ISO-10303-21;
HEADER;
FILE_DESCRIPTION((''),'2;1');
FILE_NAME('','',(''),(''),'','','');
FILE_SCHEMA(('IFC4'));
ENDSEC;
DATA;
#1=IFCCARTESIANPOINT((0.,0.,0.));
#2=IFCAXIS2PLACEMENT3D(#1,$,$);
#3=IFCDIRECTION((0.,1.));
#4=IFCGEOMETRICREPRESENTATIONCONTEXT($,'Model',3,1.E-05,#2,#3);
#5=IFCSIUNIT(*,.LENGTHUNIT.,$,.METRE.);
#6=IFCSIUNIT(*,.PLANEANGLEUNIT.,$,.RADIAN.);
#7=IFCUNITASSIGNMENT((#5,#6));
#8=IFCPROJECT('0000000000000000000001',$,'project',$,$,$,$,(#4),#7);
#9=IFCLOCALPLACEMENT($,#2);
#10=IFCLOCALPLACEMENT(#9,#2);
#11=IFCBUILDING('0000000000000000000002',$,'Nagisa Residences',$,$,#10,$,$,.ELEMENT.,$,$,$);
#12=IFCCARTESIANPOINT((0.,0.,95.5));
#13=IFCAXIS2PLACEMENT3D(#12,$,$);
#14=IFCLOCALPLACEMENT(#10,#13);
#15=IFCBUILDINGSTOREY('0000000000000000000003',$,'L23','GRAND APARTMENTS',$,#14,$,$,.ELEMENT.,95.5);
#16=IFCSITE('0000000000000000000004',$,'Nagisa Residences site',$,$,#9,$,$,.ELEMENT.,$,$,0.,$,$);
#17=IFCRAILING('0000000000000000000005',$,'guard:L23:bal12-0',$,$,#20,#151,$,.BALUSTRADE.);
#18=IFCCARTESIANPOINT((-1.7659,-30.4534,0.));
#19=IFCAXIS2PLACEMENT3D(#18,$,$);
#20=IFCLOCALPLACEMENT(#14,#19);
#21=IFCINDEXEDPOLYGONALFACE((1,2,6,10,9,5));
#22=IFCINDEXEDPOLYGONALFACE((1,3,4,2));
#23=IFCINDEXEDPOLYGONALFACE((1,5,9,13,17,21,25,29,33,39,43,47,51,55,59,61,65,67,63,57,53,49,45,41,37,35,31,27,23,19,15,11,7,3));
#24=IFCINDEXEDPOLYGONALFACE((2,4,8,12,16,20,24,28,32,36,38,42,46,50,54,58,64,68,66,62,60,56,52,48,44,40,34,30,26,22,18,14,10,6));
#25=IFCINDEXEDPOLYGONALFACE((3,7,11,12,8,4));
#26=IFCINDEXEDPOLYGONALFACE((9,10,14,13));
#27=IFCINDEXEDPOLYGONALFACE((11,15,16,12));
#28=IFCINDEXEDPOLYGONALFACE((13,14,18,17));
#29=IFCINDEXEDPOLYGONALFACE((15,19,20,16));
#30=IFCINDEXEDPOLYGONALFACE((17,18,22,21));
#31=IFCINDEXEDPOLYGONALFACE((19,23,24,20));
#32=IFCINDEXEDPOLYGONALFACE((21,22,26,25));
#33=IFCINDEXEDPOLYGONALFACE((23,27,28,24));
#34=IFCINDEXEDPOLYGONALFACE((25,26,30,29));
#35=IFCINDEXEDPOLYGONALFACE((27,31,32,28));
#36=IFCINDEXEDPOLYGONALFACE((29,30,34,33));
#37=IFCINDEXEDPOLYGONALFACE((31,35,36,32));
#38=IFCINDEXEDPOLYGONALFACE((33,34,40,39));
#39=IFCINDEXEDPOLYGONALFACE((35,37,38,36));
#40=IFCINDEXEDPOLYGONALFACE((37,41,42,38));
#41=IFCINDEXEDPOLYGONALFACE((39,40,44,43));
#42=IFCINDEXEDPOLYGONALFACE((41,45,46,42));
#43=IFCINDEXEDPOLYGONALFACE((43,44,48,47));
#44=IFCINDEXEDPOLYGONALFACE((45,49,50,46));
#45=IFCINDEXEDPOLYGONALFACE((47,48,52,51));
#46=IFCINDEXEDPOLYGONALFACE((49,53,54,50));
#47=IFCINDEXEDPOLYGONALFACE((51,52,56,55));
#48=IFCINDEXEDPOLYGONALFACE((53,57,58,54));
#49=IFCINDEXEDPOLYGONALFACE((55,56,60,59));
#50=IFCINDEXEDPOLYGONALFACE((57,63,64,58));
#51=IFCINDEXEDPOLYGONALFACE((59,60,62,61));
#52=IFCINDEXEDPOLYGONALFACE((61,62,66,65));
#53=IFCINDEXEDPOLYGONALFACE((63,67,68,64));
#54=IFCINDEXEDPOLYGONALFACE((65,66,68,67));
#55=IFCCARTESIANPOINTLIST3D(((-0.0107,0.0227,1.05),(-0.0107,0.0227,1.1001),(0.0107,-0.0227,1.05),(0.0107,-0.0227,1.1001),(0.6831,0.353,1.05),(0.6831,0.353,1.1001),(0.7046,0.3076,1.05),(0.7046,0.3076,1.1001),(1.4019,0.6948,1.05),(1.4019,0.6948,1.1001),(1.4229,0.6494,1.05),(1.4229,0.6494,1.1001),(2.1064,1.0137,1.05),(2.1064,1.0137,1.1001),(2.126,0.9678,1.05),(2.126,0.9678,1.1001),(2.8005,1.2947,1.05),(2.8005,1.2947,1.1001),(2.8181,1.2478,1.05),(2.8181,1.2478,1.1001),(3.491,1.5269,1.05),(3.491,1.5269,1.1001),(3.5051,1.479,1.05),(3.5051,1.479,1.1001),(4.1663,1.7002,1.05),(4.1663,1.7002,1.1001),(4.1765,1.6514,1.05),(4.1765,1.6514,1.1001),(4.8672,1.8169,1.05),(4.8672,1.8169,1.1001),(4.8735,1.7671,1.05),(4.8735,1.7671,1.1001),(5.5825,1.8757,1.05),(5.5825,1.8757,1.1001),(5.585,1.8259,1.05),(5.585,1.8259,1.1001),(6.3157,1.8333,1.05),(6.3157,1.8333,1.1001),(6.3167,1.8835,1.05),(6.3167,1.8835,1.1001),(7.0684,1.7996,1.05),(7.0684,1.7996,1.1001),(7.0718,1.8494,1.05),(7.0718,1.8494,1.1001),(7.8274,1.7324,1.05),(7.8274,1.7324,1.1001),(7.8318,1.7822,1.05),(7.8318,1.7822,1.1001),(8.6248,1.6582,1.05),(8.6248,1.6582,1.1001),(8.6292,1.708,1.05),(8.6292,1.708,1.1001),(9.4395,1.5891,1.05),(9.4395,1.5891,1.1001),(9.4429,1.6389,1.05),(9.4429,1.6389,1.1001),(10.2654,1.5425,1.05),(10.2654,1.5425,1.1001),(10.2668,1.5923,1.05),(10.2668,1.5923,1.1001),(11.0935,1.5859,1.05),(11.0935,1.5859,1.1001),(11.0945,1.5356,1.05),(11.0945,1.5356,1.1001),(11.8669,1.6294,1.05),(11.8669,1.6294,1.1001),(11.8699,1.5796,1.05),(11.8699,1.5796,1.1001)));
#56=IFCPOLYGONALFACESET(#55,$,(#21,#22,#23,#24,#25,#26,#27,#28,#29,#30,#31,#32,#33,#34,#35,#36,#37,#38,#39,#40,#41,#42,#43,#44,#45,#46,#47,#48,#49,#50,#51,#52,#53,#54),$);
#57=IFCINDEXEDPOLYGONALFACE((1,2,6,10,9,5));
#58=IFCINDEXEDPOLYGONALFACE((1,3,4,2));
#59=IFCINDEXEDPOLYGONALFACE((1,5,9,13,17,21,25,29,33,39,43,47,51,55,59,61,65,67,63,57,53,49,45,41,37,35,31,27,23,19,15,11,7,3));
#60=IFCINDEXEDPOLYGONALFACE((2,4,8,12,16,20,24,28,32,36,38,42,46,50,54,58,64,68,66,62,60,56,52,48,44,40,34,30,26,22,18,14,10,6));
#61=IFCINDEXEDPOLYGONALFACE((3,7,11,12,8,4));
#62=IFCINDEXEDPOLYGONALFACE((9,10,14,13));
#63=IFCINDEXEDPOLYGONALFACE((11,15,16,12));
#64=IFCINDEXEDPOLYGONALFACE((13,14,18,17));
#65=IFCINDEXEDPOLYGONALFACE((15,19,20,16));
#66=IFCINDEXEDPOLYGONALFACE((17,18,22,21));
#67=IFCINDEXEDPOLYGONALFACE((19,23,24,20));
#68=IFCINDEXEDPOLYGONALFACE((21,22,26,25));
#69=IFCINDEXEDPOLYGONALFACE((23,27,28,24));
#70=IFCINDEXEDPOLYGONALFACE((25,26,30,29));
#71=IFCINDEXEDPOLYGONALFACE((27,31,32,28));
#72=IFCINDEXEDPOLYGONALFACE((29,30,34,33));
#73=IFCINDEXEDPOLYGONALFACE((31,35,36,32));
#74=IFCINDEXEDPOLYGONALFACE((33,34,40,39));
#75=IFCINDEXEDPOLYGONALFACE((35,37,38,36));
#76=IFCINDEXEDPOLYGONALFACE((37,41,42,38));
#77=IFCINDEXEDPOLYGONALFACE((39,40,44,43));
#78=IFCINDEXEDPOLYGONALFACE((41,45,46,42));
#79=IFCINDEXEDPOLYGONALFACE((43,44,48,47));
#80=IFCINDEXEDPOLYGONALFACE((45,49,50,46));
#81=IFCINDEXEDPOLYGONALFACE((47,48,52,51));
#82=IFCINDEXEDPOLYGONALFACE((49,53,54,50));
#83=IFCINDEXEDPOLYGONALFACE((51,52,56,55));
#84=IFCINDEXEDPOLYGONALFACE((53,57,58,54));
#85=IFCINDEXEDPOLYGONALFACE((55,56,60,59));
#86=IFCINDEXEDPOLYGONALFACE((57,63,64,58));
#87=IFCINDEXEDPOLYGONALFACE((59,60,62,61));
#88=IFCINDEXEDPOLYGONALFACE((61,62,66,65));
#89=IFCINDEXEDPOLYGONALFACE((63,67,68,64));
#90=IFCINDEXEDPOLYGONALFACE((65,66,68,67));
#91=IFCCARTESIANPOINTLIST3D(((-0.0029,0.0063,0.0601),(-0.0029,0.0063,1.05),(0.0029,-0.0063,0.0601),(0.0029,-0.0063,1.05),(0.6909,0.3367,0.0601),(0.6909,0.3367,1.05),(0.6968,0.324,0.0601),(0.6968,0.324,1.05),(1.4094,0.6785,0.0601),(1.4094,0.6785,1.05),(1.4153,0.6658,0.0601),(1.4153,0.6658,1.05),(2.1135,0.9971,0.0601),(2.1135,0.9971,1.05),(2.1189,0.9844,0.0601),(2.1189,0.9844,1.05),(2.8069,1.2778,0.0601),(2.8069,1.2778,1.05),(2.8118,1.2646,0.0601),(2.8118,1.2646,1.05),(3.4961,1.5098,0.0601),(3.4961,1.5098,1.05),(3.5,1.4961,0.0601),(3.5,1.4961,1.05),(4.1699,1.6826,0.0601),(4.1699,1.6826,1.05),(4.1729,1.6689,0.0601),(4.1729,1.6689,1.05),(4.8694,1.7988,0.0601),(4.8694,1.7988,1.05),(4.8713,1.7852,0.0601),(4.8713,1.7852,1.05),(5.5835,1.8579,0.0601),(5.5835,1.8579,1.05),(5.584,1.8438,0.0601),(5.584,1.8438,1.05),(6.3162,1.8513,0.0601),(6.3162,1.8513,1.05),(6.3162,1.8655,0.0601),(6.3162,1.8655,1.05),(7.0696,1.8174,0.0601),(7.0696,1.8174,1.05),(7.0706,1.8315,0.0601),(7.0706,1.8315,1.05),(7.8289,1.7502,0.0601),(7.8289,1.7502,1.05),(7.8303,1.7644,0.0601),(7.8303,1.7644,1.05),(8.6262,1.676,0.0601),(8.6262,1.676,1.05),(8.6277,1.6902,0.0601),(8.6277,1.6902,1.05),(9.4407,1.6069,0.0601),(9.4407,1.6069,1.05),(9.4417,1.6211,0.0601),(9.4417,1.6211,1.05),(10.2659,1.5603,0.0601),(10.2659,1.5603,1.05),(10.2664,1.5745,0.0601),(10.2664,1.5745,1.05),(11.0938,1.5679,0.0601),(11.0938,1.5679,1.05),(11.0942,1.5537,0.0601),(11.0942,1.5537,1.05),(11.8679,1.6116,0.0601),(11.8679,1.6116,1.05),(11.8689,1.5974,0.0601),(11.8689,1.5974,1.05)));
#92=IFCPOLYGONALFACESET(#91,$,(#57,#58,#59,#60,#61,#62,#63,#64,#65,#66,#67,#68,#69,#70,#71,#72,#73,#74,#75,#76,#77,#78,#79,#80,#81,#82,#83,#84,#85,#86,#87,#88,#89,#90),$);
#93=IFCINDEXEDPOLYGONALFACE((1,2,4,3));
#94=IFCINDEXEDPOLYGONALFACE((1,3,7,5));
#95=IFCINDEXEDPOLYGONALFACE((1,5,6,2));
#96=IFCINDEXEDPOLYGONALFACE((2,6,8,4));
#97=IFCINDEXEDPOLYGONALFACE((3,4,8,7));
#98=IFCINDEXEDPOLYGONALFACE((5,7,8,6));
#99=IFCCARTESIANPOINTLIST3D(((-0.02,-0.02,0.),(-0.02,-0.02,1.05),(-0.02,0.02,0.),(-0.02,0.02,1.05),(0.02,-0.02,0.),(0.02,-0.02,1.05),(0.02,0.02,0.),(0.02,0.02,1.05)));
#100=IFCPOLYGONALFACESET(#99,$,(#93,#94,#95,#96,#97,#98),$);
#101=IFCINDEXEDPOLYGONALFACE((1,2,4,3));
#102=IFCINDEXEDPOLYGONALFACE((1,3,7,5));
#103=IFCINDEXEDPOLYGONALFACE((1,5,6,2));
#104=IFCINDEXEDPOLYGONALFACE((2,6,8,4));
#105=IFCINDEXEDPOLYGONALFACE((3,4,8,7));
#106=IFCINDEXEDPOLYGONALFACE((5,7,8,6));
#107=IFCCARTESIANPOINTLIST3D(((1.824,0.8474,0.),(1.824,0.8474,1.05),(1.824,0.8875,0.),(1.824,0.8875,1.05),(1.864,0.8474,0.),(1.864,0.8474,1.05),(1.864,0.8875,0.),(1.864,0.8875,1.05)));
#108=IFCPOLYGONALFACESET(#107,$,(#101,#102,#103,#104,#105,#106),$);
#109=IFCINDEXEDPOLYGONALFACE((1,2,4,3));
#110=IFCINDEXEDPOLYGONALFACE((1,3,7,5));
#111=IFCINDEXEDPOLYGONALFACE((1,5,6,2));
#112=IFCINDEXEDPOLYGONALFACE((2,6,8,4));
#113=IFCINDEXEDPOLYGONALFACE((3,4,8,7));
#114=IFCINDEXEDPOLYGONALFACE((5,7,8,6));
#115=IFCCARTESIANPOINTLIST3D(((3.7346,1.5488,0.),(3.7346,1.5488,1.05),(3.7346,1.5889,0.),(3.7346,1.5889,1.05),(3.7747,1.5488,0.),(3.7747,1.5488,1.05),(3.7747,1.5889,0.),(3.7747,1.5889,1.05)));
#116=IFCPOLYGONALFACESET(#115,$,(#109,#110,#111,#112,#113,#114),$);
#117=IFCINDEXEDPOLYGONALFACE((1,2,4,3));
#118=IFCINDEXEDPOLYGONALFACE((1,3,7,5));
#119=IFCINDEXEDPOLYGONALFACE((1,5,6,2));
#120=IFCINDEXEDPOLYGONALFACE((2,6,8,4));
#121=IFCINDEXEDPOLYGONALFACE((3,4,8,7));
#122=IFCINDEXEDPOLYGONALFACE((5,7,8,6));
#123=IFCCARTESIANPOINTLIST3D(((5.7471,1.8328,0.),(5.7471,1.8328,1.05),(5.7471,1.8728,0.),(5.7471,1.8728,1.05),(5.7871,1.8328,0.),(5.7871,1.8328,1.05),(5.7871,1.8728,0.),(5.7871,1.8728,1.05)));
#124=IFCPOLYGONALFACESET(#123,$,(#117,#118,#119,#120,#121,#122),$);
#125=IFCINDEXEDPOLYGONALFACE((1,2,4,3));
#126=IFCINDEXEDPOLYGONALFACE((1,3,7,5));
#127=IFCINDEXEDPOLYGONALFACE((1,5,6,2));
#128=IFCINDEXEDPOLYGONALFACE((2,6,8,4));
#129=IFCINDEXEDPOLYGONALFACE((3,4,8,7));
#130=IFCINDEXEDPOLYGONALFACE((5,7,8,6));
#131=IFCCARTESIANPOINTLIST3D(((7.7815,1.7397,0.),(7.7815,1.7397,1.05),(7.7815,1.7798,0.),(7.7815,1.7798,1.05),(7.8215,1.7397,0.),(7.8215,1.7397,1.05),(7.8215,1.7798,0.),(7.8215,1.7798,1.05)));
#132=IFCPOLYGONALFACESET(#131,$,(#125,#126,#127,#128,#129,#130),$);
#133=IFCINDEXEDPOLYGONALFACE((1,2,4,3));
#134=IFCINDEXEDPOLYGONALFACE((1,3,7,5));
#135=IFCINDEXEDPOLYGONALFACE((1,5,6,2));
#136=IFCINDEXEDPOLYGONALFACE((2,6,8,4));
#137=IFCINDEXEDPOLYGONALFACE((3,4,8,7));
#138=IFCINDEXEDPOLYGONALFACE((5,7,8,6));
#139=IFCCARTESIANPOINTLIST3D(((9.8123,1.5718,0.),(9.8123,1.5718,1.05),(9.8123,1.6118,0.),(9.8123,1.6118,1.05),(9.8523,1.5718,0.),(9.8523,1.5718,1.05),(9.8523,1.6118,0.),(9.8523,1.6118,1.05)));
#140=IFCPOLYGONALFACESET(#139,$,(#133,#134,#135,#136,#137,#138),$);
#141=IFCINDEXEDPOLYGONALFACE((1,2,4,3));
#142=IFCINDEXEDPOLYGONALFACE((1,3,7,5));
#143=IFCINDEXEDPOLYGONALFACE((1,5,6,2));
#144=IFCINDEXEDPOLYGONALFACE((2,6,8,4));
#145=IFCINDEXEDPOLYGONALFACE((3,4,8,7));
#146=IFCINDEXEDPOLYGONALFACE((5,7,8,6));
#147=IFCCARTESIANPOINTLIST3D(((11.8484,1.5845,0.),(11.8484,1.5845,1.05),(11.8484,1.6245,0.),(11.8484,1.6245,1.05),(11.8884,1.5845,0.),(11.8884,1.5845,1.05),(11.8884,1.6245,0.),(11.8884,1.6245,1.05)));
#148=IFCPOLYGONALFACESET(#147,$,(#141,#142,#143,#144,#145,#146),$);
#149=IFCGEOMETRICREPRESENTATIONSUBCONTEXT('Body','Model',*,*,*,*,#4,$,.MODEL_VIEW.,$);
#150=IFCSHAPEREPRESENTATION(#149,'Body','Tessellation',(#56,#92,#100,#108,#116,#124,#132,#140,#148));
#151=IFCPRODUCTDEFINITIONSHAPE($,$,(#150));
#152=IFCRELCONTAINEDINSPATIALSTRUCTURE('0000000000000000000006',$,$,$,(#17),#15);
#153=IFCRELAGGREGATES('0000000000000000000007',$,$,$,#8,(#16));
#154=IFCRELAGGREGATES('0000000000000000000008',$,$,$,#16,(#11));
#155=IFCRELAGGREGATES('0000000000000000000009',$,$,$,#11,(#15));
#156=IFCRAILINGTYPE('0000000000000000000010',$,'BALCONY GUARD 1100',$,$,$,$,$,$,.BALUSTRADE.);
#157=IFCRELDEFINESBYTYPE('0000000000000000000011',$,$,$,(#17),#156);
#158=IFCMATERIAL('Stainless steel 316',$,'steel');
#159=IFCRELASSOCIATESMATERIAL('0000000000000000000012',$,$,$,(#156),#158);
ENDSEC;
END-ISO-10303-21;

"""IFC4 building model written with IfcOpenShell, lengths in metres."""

from ifc_helpers import new_model, si_unit, direction, frame, origin, origin_2d, place, context, subcontext, project, spatial, polyline, rectangle, outline, extrude, material, type_object, element, save


model = new_model("IFC4")

# Units and contexts
model_context = context("Model", 3, precision=1e-05, world=origin(), true_north=direction((0.0, 1.0)))
body_context = subcontext(model_context, "Body", "Model", "MODEL_VIEW")
ifc_project = project(units=[si_unit("LENGTHUNIT", "METRE"), si_unit("PLANEANGLEUNIT", "RADIAN")], contexts=[model_context])

# Site, building, storey
site_placement = place(None, origin())
site = spatial("IfcSite", under=ifc_project, at=site_placement, Name="Nagisa Residences site", CompositionType="ELEMENT", RefElevation=0.0)
building_placement = place(site_placement, origin())
building = spatial("IfcBuilding", under=site, at=building_placement, Name="Nagisa Residences", CompositionType="ELEMENT")
storey_placement = place(building_placement, frame((0.0, 0.0, 95.5)))
storey = spatial("IfcBuildingStorey", under=building, at=storey_placement, Name="L23", Description="GRAND APARTMENTS", CompositionType="ELEMENT", Elevation=95.5)

# Railing
ifc_material_1 = material(Name="Stainless steel 316", Category="steel")
railing_type = type_object("IfcRailingType", Name="BALCONY GUARD 1100", PredefinedType="BALUSTRADE", material=ifc_material_1)
railing_placement = place(storey_placement, frame((-1.7659, -30.4534, 0.0)))
element("IfcRailing", 1, at=railing_placement, inside=storey, type_object=railing_type, Name="guard:L23:bal12-0", PredefinedType="BALUSTRADE", context=body_context, shape_type="SweptSolid", body=[
    extrude(outline(polyline([(0.6831, 0.353), (-0.0107, 0.0227), (0.0107, -0.0227), (0.7046, 0.3076), (1.4229, 0.6494), (2.126, 0.9678), (2.8181, 1.2478), (3.5051, 1.479), (4.1765, 1.6514), (4.8735, 1.7671), (5.585, 1.8259), (6.3157, 1.8333), (7.0684, 1.7996), (7.8274, 1.7324), (8.6248, 1.6582), (9.4395, 1.5891), (10.2654, 1.5425), (11.0945, 1.5356), (11.8699, 1.5796), (11.8669, 1.6294), (11.0935, 1.5859), (10.2668, 1.5923), (9.4429, 1.6389), (8.6292, 1.708), (7.8318, 1.7822), (7.0718, 1.8494), (6.3167, 1.8835), (5.5825, 1.8757), (4.8672, 1.8169), (4.1663, 1.7002), (3.491, 1.5269), (2.8005, 1.2947), (2.1064, 1.0137), (1.4019, 0.6948), (0.6831, 0.353)])), frame((0.0, 0.0, 1.05)), (0.0, 0.0, 1.0), 0.05),
    extrude(outline(polyline([(0.6909, 0.3367), (-0.0029, 0.0063), (0.0029, -0.0063), (0.6968, 0.324), (1.4153, 0.6658), (2.1189, 0.9844), (2.8118, 1.2646), (3.5, 1.4961), (4.1729, 1.6689), (4.8713, 1.7852), (5.584, 1.8438), (6.3162, 1.8513), (7.0696, 1.8174), (7.8289, 1.7502), (8.6262, 1.676), (9.4407, 1.6069), (10.2659, 1.5603), (11.0942, 1.5537), (11.8689, 1.5974), (11.8679, 1.6116), (11.0938, 1.5679), (10.2664, 1.5745), (9.4417, 1.6211), (8.6277, 1.6902), (7.8303, 1.7644), (7.0706, 1.8315), (6.3162, 1.8655), (5.5835, 1.8579), (4.8694, 1.7988), (4.1699, 1.6826), (3.4961, 1.5098), (2.8069, 1.2778), (2.1135, 0.9971), (1.4094, 0.6785), (0.6909, 0.3367)])), frame((0.0, 0.0, 0.0601)), (0.0, 0.0, 1.0), 0.99),
    extrude(rectangle(XDim=0.04, YDim=0.04, at=origin_2d()), origin(), (0.0, 0.0, 1.0), 1.05),
    extrude(rectangle(XDim=0.04, YDim=0.04, at=origin_2d()), frame((1.844, 0.8674, 0.0)), (0.0, 0.0, 1.0), 1.05),
    extrude(rectangle(XDim=0.04, YDim=0.04, at=origin_2d()), frame((3.7546, 1.5688, 0.0)), (0.0, 0.0, 1.0), 1.05),
    extrude(rectangle(XDim=0.04, YDim=0.04, at=origin_2d()), frame((5.7671, 1.8528, 0.0)), (0.0, 0.0, 1.0), 1.05),
    extrude(rectangle(XDim=0.04, YDim=0.04, at=origin_2d()), frame((7.8015, 1.7598, 0.0)), (0.0, 0.0, 1.0), 1.05),
    extrude(rectangle(XDim=0.04, YDim=0.04, at=origin_2d()), frame((9.8323, 1.5918, 0.0)), (0.0, 0.0, 1.0), 1.05),
    extrude(rectangle(XDim=0.04, YDim=0.04, at=origin_2d()), frame((11.8684, 1.6045, 0.0)), (0.0, 0.0, 1.0), 1.05),
])

save(model, "model.ifc")
